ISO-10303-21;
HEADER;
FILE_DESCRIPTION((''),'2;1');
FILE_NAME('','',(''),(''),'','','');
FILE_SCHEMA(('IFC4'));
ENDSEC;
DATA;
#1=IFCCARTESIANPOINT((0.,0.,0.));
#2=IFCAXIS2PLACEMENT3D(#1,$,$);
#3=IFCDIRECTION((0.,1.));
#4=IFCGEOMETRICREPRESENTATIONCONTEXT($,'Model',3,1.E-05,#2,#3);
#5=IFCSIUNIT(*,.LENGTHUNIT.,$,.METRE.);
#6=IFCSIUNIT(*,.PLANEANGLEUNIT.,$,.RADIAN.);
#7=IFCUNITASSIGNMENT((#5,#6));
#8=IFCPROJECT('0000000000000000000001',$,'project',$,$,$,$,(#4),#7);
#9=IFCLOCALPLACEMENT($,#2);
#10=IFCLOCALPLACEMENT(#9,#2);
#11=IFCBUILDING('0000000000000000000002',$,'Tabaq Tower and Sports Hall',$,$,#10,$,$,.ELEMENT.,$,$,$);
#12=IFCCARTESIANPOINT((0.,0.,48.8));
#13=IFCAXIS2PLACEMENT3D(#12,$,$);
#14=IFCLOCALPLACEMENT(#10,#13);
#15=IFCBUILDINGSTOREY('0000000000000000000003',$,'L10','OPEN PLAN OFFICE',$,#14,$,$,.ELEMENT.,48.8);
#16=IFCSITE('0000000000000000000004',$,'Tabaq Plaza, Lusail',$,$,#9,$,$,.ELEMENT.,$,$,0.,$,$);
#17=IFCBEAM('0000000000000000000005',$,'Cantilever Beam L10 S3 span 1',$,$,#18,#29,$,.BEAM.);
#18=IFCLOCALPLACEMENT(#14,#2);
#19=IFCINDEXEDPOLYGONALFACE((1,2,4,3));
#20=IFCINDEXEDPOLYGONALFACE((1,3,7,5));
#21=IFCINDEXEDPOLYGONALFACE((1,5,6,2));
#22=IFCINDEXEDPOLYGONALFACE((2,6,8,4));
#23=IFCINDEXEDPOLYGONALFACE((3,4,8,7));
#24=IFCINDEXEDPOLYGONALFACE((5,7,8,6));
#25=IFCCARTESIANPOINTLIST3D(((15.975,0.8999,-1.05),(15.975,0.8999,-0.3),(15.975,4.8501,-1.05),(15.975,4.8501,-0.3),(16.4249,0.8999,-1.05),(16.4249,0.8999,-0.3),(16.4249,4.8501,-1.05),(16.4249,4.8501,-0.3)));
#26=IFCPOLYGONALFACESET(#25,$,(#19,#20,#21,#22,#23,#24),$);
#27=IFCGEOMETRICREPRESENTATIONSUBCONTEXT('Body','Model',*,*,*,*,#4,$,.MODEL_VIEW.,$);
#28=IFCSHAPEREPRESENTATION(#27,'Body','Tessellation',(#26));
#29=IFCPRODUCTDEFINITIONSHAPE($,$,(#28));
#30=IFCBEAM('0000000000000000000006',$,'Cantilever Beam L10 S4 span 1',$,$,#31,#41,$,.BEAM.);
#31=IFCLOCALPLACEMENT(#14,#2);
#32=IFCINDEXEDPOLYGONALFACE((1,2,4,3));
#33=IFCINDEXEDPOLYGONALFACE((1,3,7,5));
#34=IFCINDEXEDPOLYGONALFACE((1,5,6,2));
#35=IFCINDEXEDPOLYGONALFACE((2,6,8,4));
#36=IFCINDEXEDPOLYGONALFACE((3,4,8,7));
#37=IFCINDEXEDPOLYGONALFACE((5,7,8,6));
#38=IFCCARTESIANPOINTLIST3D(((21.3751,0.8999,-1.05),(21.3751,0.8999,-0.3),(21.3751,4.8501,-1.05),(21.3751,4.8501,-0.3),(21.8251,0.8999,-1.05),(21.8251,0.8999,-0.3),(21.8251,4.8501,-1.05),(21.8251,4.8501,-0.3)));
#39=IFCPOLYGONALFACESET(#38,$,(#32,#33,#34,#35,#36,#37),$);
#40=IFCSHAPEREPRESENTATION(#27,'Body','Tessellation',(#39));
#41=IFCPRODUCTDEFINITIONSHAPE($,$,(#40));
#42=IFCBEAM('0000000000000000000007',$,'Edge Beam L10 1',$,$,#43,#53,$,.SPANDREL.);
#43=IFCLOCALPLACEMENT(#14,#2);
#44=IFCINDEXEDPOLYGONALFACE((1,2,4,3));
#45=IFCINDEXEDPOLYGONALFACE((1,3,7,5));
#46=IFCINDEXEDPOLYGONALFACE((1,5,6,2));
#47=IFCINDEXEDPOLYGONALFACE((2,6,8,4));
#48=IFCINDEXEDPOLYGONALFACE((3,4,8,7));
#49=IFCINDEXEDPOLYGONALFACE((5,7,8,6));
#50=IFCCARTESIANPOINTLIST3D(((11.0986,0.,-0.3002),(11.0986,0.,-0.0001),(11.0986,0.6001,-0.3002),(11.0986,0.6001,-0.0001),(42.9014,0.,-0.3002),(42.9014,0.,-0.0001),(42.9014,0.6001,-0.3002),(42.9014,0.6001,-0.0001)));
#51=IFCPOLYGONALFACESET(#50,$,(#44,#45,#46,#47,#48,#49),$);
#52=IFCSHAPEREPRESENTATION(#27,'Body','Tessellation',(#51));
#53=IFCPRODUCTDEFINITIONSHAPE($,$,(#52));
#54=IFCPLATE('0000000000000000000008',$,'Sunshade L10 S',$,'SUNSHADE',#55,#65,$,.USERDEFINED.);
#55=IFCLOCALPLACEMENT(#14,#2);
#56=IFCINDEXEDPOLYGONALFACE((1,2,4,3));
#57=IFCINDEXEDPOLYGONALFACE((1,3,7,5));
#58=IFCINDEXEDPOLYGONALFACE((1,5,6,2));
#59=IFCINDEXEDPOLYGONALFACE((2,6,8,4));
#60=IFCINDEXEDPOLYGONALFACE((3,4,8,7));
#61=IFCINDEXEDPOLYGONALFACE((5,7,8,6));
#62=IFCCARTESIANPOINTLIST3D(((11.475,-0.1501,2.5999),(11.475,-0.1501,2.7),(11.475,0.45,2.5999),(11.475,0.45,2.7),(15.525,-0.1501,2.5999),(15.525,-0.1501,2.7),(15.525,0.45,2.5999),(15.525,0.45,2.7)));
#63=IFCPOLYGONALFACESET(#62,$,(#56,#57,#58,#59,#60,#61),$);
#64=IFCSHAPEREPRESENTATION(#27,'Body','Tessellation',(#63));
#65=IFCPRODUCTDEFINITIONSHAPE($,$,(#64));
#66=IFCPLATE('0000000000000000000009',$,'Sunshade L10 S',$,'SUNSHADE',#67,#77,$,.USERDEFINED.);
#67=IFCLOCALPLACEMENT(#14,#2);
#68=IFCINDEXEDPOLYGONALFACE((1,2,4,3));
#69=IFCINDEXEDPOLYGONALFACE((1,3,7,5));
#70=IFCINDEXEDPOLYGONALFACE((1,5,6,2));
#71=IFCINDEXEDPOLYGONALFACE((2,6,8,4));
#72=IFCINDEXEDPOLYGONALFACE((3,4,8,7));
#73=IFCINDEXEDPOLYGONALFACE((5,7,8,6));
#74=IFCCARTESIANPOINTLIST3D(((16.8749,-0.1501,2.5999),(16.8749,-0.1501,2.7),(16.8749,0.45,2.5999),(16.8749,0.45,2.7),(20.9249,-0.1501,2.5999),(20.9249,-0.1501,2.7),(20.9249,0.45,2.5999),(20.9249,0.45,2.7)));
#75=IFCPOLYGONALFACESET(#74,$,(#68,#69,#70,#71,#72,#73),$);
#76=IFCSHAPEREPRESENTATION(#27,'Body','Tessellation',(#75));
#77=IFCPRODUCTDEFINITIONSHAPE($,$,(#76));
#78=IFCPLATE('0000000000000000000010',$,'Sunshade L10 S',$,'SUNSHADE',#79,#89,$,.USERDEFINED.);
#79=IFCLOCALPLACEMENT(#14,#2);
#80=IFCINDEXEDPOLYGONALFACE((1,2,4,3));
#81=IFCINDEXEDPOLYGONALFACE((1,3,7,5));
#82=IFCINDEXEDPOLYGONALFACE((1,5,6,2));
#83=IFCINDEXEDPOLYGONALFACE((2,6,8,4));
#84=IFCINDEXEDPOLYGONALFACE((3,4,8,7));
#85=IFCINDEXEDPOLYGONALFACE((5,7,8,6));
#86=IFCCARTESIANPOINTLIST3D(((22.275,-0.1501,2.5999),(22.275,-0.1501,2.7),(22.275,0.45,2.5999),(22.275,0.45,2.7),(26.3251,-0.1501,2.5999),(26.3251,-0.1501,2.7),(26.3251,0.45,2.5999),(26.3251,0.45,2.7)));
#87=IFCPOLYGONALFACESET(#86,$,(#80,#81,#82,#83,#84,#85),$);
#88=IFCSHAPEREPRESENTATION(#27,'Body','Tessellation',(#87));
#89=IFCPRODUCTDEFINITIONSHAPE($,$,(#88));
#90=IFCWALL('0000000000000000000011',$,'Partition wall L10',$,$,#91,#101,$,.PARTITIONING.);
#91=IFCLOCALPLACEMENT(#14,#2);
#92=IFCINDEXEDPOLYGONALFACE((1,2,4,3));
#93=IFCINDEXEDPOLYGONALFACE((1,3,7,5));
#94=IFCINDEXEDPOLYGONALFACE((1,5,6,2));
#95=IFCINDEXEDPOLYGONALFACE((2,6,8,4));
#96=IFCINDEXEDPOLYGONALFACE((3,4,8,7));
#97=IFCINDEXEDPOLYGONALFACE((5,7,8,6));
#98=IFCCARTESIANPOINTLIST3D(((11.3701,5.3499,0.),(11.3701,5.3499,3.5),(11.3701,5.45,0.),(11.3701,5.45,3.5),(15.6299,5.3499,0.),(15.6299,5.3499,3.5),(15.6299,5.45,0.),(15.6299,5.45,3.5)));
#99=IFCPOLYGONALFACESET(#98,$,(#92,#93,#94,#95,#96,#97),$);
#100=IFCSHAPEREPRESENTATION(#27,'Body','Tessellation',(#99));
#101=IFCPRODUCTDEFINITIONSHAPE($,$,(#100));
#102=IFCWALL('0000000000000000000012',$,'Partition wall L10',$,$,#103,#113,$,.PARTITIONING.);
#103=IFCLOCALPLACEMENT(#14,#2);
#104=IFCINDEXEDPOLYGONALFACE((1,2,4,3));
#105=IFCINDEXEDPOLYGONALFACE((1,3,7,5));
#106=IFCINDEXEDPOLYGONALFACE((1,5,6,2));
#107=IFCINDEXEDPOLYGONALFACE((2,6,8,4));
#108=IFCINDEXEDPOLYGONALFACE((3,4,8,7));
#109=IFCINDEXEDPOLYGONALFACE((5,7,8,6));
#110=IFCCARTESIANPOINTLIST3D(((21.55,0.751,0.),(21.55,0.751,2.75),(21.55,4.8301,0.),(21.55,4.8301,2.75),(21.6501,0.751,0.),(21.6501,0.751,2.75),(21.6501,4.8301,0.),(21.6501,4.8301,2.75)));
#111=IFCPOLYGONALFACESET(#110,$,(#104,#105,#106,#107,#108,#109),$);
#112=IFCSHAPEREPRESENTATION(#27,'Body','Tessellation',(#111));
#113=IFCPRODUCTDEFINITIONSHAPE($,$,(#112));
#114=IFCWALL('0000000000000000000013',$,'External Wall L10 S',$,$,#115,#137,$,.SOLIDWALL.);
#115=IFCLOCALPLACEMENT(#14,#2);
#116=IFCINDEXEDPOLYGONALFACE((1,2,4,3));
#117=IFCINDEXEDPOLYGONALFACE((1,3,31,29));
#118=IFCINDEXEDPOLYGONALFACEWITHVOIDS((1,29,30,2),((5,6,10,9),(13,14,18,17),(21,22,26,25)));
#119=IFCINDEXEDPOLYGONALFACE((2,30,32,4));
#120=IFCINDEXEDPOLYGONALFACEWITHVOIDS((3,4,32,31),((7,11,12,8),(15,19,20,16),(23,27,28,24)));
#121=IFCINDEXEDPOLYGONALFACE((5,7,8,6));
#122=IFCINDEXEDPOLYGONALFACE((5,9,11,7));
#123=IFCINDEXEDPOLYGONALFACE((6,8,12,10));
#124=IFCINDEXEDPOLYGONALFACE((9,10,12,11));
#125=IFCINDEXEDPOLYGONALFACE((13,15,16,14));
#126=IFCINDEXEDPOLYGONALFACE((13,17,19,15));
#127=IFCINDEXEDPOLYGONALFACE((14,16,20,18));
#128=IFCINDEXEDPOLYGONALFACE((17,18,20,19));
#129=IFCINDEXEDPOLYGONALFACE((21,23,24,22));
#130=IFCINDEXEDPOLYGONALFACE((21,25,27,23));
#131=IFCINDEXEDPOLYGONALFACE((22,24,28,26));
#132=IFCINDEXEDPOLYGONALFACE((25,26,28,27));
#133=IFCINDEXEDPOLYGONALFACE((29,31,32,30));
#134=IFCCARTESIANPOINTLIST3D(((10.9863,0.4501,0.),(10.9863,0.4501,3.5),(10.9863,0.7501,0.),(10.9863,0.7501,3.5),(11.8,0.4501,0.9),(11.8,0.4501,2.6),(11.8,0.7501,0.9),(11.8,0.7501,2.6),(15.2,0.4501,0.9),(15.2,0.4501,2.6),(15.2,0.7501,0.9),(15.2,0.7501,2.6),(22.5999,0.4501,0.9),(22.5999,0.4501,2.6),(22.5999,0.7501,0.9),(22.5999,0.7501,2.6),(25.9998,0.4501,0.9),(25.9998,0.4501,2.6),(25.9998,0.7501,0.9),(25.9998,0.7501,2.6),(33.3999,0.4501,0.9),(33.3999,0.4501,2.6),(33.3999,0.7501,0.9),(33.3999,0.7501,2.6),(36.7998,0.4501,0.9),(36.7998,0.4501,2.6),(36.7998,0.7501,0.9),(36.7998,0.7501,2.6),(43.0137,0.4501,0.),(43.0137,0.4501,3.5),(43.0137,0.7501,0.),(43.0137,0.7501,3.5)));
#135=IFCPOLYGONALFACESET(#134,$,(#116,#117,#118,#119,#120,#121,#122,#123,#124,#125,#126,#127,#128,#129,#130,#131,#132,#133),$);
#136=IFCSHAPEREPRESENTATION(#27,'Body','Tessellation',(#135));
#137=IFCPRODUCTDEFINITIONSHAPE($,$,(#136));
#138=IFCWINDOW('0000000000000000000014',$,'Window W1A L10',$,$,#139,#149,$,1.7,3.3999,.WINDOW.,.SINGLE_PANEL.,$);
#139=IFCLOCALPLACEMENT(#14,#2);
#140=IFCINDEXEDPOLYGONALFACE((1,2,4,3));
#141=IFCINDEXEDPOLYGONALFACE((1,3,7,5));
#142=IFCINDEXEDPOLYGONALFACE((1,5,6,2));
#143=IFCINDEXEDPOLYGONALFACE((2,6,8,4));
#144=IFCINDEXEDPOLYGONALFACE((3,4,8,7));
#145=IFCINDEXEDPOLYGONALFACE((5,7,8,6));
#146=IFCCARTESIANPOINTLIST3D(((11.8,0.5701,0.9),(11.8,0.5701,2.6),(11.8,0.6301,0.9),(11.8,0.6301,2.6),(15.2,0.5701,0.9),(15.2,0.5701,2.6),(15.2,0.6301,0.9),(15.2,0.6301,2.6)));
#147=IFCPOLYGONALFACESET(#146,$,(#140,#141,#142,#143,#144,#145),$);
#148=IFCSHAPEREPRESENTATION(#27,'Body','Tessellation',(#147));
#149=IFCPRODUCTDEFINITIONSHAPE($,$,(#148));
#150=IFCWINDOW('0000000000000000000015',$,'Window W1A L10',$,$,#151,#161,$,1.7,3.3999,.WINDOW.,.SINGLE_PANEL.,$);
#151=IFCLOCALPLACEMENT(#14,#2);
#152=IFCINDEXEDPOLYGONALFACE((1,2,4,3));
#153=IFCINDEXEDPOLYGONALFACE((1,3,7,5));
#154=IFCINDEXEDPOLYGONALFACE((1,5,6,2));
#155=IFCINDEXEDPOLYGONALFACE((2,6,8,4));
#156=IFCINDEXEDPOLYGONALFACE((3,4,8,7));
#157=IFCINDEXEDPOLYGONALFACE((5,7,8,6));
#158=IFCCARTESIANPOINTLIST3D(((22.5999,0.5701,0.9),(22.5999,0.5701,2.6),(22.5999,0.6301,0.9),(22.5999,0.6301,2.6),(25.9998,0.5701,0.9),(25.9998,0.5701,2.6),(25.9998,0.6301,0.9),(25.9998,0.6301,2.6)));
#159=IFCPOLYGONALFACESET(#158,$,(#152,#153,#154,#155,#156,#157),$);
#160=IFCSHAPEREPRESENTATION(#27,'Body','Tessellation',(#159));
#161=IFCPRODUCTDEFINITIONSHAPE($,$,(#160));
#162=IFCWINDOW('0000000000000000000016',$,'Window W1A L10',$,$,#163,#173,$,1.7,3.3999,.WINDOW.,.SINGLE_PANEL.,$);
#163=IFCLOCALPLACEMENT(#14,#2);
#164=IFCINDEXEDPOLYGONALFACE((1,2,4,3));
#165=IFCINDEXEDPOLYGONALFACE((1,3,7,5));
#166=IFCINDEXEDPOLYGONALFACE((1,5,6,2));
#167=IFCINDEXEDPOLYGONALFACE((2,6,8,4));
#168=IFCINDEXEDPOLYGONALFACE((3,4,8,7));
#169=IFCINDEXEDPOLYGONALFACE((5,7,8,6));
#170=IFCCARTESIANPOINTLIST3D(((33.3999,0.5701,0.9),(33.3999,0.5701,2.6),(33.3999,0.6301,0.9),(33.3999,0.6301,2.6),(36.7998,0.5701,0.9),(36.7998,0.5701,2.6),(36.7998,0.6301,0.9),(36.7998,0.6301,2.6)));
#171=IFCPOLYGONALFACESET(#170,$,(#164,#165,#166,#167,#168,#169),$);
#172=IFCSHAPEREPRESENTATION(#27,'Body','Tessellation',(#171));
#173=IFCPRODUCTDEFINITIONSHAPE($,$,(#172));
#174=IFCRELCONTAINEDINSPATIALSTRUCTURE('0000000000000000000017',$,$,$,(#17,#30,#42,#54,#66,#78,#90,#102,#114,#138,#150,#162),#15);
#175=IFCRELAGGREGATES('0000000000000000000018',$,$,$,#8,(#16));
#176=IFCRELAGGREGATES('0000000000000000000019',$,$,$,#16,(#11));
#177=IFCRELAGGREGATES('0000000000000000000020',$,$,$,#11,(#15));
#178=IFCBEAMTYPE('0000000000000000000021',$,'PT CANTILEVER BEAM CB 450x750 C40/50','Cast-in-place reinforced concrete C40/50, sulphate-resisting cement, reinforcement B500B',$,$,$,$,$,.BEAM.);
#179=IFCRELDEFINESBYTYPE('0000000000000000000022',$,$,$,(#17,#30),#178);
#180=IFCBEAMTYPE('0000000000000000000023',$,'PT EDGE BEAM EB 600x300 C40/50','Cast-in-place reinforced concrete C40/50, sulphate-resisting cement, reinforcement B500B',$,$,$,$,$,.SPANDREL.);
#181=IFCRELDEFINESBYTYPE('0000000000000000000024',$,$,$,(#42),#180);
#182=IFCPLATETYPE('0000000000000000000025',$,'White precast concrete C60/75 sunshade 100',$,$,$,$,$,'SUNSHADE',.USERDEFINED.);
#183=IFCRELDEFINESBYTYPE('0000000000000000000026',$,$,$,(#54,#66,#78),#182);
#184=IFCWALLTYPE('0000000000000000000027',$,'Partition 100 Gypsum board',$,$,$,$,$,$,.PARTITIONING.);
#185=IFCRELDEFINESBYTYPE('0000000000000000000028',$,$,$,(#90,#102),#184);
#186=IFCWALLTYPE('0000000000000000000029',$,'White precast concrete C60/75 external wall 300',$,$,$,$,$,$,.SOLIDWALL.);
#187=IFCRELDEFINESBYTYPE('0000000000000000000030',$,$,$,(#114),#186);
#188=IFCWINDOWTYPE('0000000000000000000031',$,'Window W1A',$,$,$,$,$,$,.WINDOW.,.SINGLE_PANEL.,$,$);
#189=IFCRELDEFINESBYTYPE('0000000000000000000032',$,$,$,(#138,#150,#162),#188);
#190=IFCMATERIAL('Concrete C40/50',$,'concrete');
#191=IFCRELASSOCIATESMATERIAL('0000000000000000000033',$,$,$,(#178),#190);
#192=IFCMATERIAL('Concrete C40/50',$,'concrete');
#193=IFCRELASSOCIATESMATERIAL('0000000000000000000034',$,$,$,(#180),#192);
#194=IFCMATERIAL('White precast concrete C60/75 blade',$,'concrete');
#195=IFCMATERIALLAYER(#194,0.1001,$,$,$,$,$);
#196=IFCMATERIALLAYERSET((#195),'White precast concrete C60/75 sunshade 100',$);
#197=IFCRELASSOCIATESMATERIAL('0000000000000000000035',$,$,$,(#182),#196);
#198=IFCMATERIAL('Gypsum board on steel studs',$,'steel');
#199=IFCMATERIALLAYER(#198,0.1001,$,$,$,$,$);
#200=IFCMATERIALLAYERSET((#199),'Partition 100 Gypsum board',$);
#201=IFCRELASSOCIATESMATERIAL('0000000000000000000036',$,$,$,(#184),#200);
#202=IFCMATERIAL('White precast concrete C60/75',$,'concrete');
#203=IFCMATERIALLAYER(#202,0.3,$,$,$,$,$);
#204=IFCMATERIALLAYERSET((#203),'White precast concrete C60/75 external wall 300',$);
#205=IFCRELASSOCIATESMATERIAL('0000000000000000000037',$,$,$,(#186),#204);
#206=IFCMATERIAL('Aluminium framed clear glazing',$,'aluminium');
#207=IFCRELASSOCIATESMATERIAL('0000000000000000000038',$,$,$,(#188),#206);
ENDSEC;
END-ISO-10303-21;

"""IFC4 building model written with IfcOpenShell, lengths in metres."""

from ifc_helpers import new_model, si_unit, direction, frame, frame_2d, origin, origin_2d, place, context, subcontext, project, spatial, rectangle, extrude, material, layer, layer_set, material_profile, profile_set, type_object, element, fill, save


model = new_model("IFC4")

# Units and contexts
model_context = context("Model", 3, precision=1e-05, world=origin(), true_north=direction((0.0, 1.0)))
body_context = subcontext(model_context, "Body", "Model", "MODEL_VIEW")
ifc_project = project(units=[si_unit("LENGTHUNIT", "METRE"), si_unit("PLANEANGLEUNIT", "RADIAN")], contexts=[model_context])

# Site, building, storey
site_placement = place(None, origin())
site = spatial("IfcSite", under=ifc_project, at=site_placement, Name="Tabaq Plaza, Lusail", CompositionType="ELEMENT", RefElevation=0.0)
building_placement = place(site_placement, origin())
building = spatial("IfcBuilding", under=site, at=building_placement, Name="Tabaq Tower and Sports Hall", CompositionType="ELEMENT")
storey_placement = place(building_placement, frame((0.0, 0.0, 48.8)))
storey = spatial("IfcBuildingStorey", under=building, at=storey_placement, Name="L10", Description="OPEN PLAN OFFICE", CompositionType="ELEMENT", Elevation=48.8)

# Beams
ifc_material_1 = material(Name="Concrete C40/50", Category="concrete")
ifc_material_profile_1 = material_profile(ifc_material_1, rectangle(XDim=0.45, YDim=0.75, at=origin_2d()), Name="CB 450x750")
ifc_profile_set_1 = profile_set([ifc_material_profile_1], Name="Concrete C40/50")
beam_type_1 = type_object("IfcBeamType", Name="PT CANTILEVER BEAM CB 450x750 C40/50", Description="Cast-in-place reinforced concrete C40/50, sulphate-resisting cement, reinforcement B500B", PredefinedType="BEAM", material=ifc_profile_set_1)
for number, where, z_axis, x_axis, name in (
    (1, (16.2, 0.8999, -0.675), (0.0, 1.0, 0.0), (-1.0, 0.0, 0.0), "Cantilever Beam L10 S3 span 1"),
    (2, (21.6001, 0.8999, -0.675), (0.0, 1.0, 0.0), (-1.0, 0.0, 0.0), "Cantilever Beam L10 S4 span 1"),
):
    element("IfcBeam", number, at=place(storey_placement, frame(where, z_axis=z_axis, x_axis=x_axis)), inside=storey, type_object=beam_type_1, Name=name, PredefinedType="BEAM", context=body_context, shape_type="SweptSolid", body=[
        extrude(rectangle(XDim=0.45, YDim=0.75, at=origin_2d()), origin(), (0.0, 0.0, 1.0), 3.9502),
    ])
ifc_material_2 = material(Name="Concrete C40/50", Category="concrete")
ifc_material_profile_2 = material_profile(ifc_material_2, rectangle(XDim=0.6001, YDim=0.3, at=origin_2d()), Name="EB 600x300")
ifc_profile_set_2 = profile_set([ifc_material_profile_2], Name="Concrete C40/50")
beam_type_2 = type_object("IfcBeamType", Name="PT EDGE BEAM EB 600x300 C40/50", Description="Cast-in-place reinforced concrete C40/50, sulphate-resisting cement, reinforcement B500B", PredefinedType="SPANDREL", material=ifc_profile_set_2)
beam_placement = place(storey_placement, frame((11.0986, 0.3, -0.1501), z_axis=(1.0, 0.0, 0.0), x_axis=(0.0, 1.0, 0.0)))
element("IfcBeam", 3, at=beam_placement, inside=storey, type_object=beam_type_2, Name="Edge Beam L10 1", PredefinedType="SPANDREL", context=body_context, shape_type="SweptSolid", body=[
    extrude(rectangle(XDim=0.6001, YDim=0.3, at=origin_2d()), origin(), (0.0, 0.0, 1.0), 31.8027),
])

# Plates
ifc_material_3 = material(Name="White precast concrete C60/75 blade", Category="concrete")
ifc_layer_1 = layer(ifc_material_3, 0.1001)
ifc_layer_set_1 = layer_set([ifc_layer_1], Name="White precast concrete C60/75 sunshade 100")
plate_type = type_object("IfcPlateType", Name="White precast concrete C60/75 sunshade 100", ElementType="SUNSHADE", PredefinedType="USERDEFINED", material=ifc_layer_set_1)
for number, where, z_axis, x_axis, name in (
    (4, (13.5, 0.1499, 2.5999), (0.0, 0.0, 1.0), (1.0, 0.0, 0.0), "Sunshade L10 S"),
    (5, (18.8999, 0.1499, 2.5999), (0.0, 0.0, 1.0), (1.0, 0.0, 0.0), "Sunshade L10 S"),
    (6, (24.3, 0.1499, 2.5999), (0.0, 0.0, 1.0), (1.0, 0.0, 0.0), "Sunshade L10 S"),
):
    element("IfcPlate", number, at=place(storey_placement, frame(where, z_axis=z_axis, x_axis=x_axis)), inside=storey, type_object=plate_type, Name=name, ObjectType="SUNSHADE", PredefinedType="USERDEFINED", context=body_context, shape_type="SweptSolid", body=[
        extrude(rectangle(XDim=4.05, YDim=0.6001, at=origin_2d()), origin(), (0.0, 0.0, 1.0), 0.1001),
    ])

# Walls
ifc_material_4 = material(Name="Gypsum board on steel studs", Category="steel")
ifc_layer_2 = layer(ifc_material_4, 0.1001)
ifc_layer_set_2 = layer_set([ifc_layer_2], Name="Partition 100 Gypsum board")
wall_type_1 = type_object("IfcWallType", Name="Partition 100 Gypsum board", PredefinedType="PARTITIONING", material=ifc_layer_set_2)
wall_1_placement = place(storey_placement, frame((11.3701, 5.3999, 0.0), z_axis=(0.0, 0.0, 1.0), x_axis=(1.0, 0.0, 0.0)))
element("IfcWall", 7, at=wall_1_placement, inside=storey, type_object=wall_type_1, Name="Partition wall L10", PredefinedType="PARTITIONING", context=body_context, shape_type="SweptSolid", body=[
    extrude(rectangle(XDim=4.2598, YDim=0.1001, at=frame_2d((2.1299, 0.0))), origin(), (0.0, 0.0, 1.0), 3.5),
])
wall_2_placement = place(storey_placement, frame((21.6001, 0.751, 0.0), z_axis=(0.0, 0.0, 1.0), x_axis=(0.0, 1.0, 0.0)))
element("IfcWall", 8, at=wall_2_placement, inside=storey, type_object=wall_type_1, Name="Partition wall L10", PredefinedType="PARTITIONING", context=body_context, shape_type="SweptSolid", body=[
    extrude(rectangle(XDim=4.0791, YDim=0.1001, at=frame_2d((2.0396, 0.0))), origin(), (0.0, 0.0, 1.0), 2.75),
])

# Wall, openings, windows
ifc_material_5 = material(Name="White precast concrete C60/75", Category="concrete")
ifc_layer_3 = layer(ifc_material_5, 0.3)
ifc_layer_set_3 = layer_set([ifc_layer_3], Name="White precast concrete C60/75 external wall 300")
wall_type_2 = type_object("IfcWallType", Name="White precast concrete C60/75 external wall 300", PredefinedType="SOLIDWALL", material=ifc_layer_set_3)
wall_3_placement = place(storey_placement, frame((10.9863, 0.6001, 0.0), z_axis=(0.0, 0.0, 1.0), x_axis=(1.0, 0.0, 0.0)))
wall_3 = element("IfcWall", 9, at=wall_3_placement, inside=storey, type_object=wall_type_2, Name="External Wall L10 S", PredefinedType="SOLIDWALL", context=body_context, shape_type="SweptSolid", body=[
    extrude(rectangle(XDim=32.0273, YDim=0.3, at=frame_2d((16.0137, 0.0))), origin(), (0.0, 0.0, 1.0), 3.5),
])
opening_1_placement = place(wall_3_placement, frame((0.8137, 0.0, 0.8999)))
opening_1 = element("IfcOpeningElement", 10, at=opening_1_placement, cuts=wall_3, PredefinedType="OPENING", context=body_context, shape_type="SweptSolid", body=[
    extrude(rectangle(XDim=3.3999, YDim=1.7, at=frame_2d((1.7, 0.8501))), frame((0.0, 0.1602, 0.0), z_axis=(0.0, -1.0, 0.0), x_axis=(1.0, 0.0, 0.0)), (0.0, 0.0, 1.0), 0.3201),
])
opening_2_placement = place(wall_3_placement, frame((11.6135, 0.0, 0.8999)))
opening_2 = element("IfcOpeningElement", 11, at=opening_2_placement, cuts=wall_3, PredefinedType="OPENING", context=body_context, shape_type="SweptSolid", body=[
    extrude(rectangle(XDim=3.3999, YDim=1.7, at=frame_2d((1.7, 0.8501))), frame((0.0, 0.1602, 0.0), z_axis=(0.0, -1.0, 0.0), x_axis=(1.0, 0.0, 0.0)), (0.0, 0.0, 1.0), 0.3201),
])
opening_3_placement = place(wall_3_placement, frame((22.4136, 0.0, 0.8999)))
opening_3 = element("IfcOpeningElement", 12, at=opening_3_placement, cuts=wall_3, PredefinedType="OPENING", context=body_context, shape_type="SweptSolid", body=[
    extrude(rectangle(XDim=3.3999, YDim=1.7, at=frame_2d((1.7, 0.8501))), frame((0.0, 0.1602, 0.0), z_axis=(0.0, -1.0, 0.0), x_axis=(1.0, 0.0, 0.0)), (0.0, 0.0, 1.0), 0.3201),
])
ifc_material_6 = material(Name="Aluminium framed clear glazing", Category="aluminium")
window_type = type_object("IfcWindowType", Name="Window W1A", PartitioningType="SINGLE_PANEL", PredefinedType="WINDOW", material=ifc_material_6)
window_1_placement = place(opening_1_placement, origin())
window_1 = element("IfcWindow", 13, at=window_1_placement, inside=storey, type_object=window_type, Name="Window W1A L10", OverallHeight=1.7, OverallWidth=3.3999, PartitioningType="SINGLE_PANEL", PredefinedType="WINDOW", context=body_context, shape_type="SweptSolid", body=[
    extrude(rectangle(XDim=3.3999, YDim=1.7, at=frame_2d((1.7, 0.8501))), frame((0.0, 0.03, 0.0), z_axis=(0.0, -1.0, 0.0), x_axis=(1.0, 0.0, 0.0)), (0.0, 0.0, 1.0), 0.0601),
])
fill(opening_1, window_1)
window_2_placement = place(opening_2_placement, origin())
window_2 = element("IfcWindow", 14, at=window_2_placement, inside=storey, type_object=window_type, Name="Window W1A L10", OverallHeight=1.7, OverallWidth=3.3999, PartitioningType="SINGLE_PANEL", PredefinedType="WINDOW", context=body_context, shape_type="SweptSolid", body=[
    extrude(rectangle(XDim=3.3999, YDim=1.7, at=frame_2d((1.7, 0.8501))), frame((0.0, 0.03, 0.0), z_axis=(0.0, -1.0, 0.0), x_axis=(1.0, 0.0, 0.0)), (0.0, 0.0, 1.0), 0.0601),
])
fill(opening_2, window_2)
window_3_placement = place(opening_3_placement, origin())
window_3 = element("IfcWindow", 15, at=window_3_placement, inside=storey, type_object=window_type, Name="Window W1A L10", OverallHeight=1.7, OverallWidth=3.3999, PartitioningType="SINGLE_PANEL", PredefinedType="WINDOW", context=body_context, shape_type="SweptSolid", body=[
    extrude(rectangle(XDim=3.3999, YDim=1.7, at=frame_2d((1.7, 0.8501))), frame((0.0, 0.03, 0.0), z_axis=(0.0, -1.0, 0.0), x_axis=(1.0, 0.0, 0.0)), (0.0, 0.0, 1.0), 0.0601),
])
fill(opening_3, window_3)

save(model, "model.ifc")
